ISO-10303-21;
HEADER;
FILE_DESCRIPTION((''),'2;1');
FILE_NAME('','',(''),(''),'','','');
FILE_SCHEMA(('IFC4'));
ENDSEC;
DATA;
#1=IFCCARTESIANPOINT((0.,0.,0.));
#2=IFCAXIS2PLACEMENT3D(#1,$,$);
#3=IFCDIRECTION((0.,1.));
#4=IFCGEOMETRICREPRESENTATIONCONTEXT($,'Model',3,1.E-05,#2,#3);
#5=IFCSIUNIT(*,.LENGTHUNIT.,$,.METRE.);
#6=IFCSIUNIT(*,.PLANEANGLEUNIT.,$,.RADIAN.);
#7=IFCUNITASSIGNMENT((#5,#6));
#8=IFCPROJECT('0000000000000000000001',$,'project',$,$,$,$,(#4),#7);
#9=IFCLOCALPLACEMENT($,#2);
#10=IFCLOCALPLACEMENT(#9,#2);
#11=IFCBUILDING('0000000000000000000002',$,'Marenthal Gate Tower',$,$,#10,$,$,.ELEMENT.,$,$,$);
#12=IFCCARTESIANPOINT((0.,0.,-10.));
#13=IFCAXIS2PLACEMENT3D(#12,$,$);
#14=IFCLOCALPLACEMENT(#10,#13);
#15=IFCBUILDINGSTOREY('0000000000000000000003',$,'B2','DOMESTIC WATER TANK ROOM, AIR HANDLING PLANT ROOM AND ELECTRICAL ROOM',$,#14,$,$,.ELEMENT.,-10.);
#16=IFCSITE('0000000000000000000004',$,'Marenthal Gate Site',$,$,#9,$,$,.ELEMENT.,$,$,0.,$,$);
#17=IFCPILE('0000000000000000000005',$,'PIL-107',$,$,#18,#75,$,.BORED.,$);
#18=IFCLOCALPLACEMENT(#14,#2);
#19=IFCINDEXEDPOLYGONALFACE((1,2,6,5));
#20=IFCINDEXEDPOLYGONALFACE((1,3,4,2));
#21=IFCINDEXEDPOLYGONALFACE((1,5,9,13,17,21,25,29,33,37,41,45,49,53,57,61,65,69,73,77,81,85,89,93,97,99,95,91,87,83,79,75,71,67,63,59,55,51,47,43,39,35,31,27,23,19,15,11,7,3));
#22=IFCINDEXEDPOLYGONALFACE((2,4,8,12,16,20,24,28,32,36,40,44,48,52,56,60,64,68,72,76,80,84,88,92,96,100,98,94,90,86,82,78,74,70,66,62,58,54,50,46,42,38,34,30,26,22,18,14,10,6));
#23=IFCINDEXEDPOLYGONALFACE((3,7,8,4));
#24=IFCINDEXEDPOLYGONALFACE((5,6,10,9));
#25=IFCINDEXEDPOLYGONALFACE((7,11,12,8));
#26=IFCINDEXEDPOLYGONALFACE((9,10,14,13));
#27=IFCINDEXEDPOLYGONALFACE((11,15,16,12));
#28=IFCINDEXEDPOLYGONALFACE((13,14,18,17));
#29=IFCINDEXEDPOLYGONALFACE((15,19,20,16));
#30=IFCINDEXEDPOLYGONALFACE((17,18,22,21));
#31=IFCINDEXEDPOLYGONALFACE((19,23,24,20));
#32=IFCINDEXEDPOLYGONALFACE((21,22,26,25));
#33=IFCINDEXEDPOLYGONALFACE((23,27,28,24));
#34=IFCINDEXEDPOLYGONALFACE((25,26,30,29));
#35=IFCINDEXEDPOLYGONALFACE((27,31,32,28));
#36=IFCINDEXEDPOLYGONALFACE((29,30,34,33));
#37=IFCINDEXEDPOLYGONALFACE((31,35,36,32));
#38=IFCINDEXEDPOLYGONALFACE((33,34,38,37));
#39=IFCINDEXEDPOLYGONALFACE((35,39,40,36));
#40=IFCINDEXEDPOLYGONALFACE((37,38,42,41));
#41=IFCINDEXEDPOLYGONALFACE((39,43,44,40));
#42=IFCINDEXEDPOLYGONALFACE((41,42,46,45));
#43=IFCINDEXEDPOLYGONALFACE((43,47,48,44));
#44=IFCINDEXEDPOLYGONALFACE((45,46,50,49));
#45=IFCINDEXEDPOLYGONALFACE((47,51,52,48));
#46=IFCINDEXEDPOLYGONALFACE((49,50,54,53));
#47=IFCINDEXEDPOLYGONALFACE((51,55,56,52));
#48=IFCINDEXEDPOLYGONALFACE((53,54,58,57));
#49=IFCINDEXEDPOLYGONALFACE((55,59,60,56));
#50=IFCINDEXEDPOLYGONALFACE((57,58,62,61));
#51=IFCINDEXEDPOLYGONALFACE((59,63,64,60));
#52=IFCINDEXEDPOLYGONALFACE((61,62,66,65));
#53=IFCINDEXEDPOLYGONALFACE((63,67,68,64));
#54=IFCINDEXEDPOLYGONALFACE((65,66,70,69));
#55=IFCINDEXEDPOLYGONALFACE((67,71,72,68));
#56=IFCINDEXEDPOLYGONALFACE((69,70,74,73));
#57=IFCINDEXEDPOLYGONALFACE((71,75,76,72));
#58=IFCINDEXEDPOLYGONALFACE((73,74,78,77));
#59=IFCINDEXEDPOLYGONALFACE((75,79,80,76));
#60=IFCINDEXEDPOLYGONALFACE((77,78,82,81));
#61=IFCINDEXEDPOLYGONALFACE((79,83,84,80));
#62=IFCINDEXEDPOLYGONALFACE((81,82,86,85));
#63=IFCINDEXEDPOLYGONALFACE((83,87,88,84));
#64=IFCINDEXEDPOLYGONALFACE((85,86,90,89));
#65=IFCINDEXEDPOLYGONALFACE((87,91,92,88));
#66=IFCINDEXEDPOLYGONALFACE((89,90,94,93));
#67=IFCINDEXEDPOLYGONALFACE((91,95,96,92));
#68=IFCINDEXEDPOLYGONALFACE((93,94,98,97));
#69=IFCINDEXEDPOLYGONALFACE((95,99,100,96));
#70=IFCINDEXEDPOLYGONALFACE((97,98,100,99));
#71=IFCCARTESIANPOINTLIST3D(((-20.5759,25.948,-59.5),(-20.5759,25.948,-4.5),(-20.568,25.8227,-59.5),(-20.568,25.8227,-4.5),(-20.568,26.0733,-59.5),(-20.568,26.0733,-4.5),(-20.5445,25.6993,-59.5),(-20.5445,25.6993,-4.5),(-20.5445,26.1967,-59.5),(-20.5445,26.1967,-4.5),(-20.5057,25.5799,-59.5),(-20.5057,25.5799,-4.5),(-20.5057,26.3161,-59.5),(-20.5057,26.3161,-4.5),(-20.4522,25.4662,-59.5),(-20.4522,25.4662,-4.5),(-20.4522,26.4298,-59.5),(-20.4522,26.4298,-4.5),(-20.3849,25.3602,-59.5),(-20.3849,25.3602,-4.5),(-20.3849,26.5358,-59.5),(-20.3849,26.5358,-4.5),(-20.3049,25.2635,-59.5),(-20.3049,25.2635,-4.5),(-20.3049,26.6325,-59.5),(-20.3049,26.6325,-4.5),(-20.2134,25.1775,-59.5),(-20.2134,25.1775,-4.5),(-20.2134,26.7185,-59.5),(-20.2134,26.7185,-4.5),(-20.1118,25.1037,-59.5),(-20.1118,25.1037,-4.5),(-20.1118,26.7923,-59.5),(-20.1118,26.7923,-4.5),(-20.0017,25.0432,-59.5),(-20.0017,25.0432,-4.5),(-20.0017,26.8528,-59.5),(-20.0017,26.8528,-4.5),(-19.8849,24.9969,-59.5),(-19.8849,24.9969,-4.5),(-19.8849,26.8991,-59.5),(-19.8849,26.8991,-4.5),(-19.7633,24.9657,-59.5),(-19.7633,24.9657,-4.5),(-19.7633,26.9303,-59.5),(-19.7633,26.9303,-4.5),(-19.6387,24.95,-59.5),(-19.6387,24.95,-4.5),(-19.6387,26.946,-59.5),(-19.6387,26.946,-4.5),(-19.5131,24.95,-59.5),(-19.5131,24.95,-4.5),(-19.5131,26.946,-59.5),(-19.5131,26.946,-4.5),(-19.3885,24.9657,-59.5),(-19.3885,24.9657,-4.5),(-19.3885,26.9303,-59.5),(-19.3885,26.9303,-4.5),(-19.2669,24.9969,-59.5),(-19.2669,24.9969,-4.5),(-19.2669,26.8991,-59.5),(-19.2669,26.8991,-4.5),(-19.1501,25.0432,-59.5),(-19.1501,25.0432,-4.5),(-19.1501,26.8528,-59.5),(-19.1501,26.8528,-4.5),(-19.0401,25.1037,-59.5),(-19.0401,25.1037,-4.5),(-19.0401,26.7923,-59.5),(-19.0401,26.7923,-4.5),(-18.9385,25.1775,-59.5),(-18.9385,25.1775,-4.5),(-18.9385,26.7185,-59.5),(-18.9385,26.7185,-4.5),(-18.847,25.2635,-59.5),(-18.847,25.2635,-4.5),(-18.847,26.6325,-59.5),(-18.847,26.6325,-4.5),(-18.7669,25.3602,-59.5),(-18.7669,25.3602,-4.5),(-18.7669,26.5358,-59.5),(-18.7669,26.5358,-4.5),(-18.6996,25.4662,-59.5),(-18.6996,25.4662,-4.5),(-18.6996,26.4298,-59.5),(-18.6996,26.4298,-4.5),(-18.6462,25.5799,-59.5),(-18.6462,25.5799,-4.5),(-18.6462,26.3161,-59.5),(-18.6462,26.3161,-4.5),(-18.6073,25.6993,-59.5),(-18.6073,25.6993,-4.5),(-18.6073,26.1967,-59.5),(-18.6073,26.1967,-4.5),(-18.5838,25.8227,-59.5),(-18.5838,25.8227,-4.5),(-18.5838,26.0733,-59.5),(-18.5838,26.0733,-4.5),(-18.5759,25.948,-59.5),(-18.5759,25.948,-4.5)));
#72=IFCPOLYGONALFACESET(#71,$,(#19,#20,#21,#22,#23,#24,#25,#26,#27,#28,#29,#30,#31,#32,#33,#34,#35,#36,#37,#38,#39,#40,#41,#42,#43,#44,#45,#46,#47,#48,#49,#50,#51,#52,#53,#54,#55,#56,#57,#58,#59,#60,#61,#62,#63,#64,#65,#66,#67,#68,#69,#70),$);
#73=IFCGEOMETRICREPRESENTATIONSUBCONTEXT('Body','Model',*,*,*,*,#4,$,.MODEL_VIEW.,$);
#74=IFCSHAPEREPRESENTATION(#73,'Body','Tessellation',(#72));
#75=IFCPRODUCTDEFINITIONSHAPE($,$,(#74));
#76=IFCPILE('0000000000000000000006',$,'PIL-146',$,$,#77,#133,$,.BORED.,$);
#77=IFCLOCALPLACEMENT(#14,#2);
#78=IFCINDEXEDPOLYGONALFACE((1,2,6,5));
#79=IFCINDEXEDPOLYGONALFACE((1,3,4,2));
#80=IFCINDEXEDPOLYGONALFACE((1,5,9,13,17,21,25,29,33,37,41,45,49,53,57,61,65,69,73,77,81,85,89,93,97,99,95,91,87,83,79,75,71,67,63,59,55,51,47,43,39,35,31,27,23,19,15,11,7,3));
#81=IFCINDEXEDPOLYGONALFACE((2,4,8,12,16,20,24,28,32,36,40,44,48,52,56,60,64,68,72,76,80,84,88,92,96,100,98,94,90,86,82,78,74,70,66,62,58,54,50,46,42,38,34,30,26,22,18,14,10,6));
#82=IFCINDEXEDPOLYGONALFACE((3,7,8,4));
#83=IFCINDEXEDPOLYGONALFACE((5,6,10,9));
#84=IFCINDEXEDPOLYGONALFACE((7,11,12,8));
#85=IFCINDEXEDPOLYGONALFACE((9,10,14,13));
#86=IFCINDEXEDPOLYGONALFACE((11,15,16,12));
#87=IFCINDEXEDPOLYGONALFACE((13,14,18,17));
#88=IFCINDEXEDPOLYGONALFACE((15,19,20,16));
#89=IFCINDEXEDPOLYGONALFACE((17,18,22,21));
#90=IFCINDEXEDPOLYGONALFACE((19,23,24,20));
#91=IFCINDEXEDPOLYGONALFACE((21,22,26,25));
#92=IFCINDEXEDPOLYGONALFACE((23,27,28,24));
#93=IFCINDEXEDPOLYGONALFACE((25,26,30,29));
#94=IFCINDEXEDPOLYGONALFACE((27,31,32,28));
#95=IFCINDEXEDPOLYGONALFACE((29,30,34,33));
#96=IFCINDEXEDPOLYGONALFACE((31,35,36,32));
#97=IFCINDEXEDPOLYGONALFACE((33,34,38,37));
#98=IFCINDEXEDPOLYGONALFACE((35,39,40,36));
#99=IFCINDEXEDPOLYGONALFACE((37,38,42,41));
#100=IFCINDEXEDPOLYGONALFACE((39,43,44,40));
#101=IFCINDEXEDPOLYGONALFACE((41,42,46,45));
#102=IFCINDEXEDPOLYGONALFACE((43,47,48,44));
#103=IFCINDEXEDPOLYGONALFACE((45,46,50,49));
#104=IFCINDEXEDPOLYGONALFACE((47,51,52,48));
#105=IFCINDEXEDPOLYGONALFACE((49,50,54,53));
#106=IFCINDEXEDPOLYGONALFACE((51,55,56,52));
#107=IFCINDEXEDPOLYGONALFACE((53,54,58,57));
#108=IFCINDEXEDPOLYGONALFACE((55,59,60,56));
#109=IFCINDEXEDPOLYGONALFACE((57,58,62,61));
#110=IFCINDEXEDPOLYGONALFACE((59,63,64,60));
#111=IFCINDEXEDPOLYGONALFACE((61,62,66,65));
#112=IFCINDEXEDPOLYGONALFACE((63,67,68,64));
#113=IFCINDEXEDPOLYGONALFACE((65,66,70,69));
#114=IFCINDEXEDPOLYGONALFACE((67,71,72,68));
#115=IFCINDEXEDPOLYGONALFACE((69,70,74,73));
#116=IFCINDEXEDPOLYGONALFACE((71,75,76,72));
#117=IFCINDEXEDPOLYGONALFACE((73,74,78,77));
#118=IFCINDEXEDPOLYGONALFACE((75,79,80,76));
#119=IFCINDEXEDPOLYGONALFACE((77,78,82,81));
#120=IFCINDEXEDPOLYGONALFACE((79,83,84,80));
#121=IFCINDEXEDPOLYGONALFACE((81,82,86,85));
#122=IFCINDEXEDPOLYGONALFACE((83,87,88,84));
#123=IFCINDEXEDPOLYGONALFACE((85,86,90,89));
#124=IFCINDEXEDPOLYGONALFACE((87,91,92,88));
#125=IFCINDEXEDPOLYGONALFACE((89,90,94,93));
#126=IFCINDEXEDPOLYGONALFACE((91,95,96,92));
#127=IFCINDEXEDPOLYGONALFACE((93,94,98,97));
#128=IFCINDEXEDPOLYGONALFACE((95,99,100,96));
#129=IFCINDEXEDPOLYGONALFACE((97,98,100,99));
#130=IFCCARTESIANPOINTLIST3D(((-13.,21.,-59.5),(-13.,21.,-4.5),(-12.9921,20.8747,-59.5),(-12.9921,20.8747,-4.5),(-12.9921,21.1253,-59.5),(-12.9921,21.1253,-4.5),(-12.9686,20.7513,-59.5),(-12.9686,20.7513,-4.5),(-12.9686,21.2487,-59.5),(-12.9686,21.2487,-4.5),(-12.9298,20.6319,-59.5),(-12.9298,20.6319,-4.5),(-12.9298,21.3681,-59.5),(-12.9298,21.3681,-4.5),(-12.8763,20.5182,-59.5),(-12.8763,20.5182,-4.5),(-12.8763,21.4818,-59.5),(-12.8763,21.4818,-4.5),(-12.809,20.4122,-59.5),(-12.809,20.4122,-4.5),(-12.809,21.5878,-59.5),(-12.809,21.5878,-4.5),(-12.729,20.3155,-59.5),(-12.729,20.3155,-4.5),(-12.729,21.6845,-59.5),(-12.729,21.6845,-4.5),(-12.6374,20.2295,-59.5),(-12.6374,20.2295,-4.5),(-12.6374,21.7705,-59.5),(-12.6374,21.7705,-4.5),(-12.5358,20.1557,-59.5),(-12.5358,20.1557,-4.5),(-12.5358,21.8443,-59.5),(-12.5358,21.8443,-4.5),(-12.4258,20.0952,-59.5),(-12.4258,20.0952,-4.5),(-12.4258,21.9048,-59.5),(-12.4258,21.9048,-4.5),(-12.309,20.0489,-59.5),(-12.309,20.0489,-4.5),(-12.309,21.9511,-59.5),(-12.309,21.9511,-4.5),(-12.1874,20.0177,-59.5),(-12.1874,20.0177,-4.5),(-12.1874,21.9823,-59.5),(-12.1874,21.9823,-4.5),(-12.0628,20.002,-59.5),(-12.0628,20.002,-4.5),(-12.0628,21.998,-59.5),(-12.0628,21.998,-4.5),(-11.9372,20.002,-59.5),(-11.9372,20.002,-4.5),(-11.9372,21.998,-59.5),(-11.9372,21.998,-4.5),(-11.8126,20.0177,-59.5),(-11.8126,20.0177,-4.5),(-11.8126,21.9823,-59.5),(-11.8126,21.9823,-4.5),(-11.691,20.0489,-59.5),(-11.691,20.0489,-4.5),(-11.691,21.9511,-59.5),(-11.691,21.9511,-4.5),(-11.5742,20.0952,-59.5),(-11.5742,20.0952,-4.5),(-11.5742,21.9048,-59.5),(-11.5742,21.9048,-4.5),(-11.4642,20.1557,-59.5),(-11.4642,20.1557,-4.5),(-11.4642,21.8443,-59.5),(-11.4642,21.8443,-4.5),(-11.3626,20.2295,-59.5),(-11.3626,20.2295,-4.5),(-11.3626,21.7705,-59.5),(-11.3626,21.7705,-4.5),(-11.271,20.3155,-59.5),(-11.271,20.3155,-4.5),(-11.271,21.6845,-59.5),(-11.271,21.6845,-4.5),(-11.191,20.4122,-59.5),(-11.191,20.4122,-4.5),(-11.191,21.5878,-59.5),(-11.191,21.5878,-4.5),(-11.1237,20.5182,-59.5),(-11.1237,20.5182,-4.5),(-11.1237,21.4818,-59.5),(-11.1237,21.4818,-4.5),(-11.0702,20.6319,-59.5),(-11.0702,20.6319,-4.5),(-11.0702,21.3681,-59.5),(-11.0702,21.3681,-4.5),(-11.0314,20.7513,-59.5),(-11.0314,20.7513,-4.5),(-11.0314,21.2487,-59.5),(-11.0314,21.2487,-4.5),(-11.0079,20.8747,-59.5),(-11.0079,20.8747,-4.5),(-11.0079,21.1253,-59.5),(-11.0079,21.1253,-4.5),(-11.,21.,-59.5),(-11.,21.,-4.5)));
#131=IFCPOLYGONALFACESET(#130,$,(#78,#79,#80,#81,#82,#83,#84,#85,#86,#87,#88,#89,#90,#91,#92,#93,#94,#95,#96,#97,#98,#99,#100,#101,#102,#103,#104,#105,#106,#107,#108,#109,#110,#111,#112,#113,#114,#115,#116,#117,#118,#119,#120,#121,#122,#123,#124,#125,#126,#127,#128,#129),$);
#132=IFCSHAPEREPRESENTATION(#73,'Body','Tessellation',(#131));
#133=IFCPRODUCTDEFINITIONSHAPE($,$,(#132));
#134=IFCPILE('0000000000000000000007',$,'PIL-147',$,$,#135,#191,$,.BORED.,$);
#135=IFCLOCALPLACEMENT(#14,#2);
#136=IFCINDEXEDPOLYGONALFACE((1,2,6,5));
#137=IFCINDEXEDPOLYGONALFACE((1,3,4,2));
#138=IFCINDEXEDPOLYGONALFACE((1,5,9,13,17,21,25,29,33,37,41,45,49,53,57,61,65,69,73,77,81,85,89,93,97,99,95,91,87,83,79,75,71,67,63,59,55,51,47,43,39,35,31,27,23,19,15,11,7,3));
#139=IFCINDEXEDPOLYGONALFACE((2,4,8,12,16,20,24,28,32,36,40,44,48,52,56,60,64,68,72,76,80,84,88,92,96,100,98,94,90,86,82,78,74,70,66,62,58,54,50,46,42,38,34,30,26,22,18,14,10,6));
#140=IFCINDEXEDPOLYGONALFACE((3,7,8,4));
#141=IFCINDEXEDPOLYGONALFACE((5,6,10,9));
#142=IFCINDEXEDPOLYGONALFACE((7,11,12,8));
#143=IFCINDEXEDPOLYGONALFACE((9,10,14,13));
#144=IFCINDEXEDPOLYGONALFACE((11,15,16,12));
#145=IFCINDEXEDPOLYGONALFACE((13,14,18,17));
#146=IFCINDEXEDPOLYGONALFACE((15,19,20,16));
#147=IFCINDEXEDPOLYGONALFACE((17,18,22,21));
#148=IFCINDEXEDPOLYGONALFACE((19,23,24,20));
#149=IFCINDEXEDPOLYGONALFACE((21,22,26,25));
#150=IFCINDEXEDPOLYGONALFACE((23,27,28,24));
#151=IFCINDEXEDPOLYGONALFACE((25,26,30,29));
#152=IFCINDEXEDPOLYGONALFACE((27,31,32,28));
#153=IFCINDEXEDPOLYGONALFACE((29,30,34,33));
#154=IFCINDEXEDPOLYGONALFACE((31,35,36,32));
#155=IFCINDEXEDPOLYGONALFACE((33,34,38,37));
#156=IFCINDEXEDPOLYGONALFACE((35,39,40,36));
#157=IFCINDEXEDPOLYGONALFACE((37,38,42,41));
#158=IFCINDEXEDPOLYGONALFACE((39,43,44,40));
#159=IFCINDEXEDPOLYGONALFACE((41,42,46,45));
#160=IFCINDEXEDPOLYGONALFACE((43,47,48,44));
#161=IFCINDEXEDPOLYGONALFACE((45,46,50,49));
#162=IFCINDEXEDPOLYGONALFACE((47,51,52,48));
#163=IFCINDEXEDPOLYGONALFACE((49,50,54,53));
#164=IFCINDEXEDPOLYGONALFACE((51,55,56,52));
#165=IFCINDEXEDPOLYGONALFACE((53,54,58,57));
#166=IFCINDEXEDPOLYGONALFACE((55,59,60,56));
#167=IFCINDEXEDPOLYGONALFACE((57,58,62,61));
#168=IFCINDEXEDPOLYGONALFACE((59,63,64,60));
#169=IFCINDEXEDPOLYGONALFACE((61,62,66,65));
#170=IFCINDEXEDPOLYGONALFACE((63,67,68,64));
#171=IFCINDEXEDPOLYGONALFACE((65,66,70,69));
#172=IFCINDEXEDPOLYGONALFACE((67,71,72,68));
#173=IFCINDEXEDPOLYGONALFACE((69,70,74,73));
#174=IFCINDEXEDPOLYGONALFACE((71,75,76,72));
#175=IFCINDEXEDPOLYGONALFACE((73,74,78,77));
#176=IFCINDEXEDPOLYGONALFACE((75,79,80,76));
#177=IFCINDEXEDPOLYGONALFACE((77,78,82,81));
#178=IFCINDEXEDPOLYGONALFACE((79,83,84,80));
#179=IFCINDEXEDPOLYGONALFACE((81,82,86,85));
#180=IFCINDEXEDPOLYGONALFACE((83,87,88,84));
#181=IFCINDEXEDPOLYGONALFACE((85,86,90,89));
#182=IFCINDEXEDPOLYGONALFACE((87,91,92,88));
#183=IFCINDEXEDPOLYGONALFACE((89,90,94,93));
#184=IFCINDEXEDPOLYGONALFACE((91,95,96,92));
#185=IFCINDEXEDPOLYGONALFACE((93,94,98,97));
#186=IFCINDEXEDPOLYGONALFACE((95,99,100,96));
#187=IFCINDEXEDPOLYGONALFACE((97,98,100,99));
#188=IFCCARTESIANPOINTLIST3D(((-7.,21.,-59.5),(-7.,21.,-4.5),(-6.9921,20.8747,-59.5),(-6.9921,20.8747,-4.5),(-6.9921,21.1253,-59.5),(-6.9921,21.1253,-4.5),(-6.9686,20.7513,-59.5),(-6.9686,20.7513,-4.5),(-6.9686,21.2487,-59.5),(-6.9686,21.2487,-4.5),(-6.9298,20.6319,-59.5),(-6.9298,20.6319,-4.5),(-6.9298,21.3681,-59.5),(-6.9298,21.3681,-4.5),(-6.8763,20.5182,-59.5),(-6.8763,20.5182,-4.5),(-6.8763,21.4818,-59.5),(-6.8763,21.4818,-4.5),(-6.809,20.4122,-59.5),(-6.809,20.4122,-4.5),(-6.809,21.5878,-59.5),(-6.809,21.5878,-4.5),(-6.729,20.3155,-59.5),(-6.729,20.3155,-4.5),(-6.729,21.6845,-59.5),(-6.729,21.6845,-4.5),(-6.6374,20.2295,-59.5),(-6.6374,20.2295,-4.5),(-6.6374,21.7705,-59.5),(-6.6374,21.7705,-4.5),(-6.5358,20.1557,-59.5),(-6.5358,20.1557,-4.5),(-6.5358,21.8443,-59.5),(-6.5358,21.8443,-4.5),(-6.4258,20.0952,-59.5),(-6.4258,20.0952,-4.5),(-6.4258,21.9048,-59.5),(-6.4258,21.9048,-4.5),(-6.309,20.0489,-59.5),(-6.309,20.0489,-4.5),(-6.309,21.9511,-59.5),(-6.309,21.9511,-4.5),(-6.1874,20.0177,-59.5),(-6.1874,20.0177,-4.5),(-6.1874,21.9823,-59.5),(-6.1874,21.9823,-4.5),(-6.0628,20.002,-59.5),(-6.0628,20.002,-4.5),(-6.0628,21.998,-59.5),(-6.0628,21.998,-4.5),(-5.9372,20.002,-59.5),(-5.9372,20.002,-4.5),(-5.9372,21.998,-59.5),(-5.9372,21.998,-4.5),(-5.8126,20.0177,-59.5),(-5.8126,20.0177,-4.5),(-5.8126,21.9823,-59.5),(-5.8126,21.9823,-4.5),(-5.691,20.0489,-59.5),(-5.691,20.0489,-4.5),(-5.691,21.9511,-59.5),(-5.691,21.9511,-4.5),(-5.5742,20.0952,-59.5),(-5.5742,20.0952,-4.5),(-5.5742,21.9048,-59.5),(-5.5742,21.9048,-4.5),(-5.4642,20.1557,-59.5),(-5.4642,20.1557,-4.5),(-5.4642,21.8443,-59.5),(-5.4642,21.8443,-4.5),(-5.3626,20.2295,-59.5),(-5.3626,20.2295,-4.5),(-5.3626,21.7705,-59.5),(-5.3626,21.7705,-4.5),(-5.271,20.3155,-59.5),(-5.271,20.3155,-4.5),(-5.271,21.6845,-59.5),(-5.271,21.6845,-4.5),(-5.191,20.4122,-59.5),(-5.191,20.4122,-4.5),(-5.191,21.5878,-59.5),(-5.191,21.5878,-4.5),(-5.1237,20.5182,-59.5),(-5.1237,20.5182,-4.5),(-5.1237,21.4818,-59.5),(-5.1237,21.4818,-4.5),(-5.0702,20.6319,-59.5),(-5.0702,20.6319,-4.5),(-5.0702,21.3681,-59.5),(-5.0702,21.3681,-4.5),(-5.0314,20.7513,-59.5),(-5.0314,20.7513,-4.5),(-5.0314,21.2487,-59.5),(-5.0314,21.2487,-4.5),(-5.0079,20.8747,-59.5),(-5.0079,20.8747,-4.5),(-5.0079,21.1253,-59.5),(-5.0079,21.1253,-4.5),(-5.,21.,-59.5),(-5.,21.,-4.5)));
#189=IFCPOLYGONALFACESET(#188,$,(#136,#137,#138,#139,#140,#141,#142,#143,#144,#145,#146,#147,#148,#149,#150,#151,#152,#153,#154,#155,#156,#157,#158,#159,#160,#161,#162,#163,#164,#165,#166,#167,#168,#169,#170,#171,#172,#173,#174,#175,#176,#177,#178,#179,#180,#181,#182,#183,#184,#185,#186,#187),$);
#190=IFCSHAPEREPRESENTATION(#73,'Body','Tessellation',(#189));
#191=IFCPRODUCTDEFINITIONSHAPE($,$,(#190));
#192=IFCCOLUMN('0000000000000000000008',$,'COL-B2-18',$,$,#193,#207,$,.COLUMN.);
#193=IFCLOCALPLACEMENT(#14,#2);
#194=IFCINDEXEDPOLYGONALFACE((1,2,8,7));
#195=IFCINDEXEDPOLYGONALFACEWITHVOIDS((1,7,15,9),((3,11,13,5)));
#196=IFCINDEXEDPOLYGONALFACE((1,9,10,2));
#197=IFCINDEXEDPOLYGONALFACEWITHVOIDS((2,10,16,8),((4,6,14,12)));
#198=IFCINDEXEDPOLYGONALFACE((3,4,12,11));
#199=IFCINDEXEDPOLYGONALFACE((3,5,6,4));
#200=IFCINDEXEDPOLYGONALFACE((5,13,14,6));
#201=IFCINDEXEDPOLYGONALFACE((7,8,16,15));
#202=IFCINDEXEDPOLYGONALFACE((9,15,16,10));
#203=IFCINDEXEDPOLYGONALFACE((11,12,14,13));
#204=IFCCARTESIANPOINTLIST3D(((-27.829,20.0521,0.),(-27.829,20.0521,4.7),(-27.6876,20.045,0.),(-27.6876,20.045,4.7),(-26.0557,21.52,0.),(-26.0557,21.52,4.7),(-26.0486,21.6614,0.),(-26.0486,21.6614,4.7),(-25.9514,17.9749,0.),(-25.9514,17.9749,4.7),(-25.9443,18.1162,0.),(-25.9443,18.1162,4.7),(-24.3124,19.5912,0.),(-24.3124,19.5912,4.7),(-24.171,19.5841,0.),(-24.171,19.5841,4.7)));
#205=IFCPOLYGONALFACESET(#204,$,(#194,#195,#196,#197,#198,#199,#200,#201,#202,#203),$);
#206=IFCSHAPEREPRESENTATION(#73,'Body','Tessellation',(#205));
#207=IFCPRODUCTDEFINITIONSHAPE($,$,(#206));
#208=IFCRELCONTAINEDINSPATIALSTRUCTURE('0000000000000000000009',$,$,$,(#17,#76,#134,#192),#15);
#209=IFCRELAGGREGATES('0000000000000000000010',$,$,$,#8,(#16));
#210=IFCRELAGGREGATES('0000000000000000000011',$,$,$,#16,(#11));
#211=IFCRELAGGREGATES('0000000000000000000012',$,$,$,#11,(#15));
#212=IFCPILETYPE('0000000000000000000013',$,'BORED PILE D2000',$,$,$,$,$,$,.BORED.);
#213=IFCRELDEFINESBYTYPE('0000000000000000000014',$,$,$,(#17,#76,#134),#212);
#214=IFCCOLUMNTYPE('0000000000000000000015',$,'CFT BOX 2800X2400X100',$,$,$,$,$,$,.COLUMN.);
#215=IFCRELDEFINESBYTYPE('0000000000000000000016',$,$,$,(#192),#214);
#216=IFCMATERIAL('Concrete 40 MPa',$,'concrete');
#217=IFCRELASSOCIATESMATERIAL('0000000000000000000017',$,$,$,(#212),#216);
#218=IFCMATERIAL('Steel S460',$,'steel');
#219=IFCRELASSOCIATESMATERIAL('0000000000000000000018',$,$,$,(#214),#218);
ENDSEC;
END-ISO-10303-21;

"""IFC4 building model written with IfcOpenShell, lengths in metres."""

from ifc_helpers import new_model, si_unit, direction, frame, origin, origin_2d, place, context, subcontext, project, spatial, rectangle, hollow_rectangle, circle, extrude, material, material_profile, profile_set, type_object, element, save


model = new_model("IFC4")

# Units and contexts
model_context = context("Model", 3, precision=1e-05, world=origin(), true_north=direction((0.0, 1.0)))
body_context = subcontext(model_context, "Body", "Model", "MODEL_VIEW")
ifc_project = project(units=[si_unit("LENGTHUNIT", "METRE"), si_unit("PLANEANGLEUNIT", "RADIAN")], contexts=[model_context])

# Site, building, storey
site_placement = place(None, origin())
site = spatial("IfcSite", under=ifc_project, at=site_placement, Name="Marenthal Gate Site", CompositionType="ELEMENT", RefElevation=0.0)
building_placement = place(site_placement, origin())
building = spatial("IfcBuilding", under=site, at=building_placement, Name="Marenthal Gate Tower", CompositionType="ELEMENT")
storey_placement = place(building_placement, frame((0.0, 0.0, -10.0)))
storey = spatial("IfcBuildingStorey", under=building, at=storey_placement, Name="B2", Description="DOMESTIC WATER TANK ROOM, AIR HANDLING PLANT ROOM AND ELECTRICAL ROOM", CompositionType="ELEMENT", Elevation=-10.0)

# Piles
ifc_material_1 = material(Name="Concrete 40 MPa", Category="concrete")
pile_type = type_object("IfcPileType", Name="BORED PILE D2000", PredefinedType="BORED", material=ifc_material_1)
for number, where, z_axis, x_axis, name in (
    (1, (-19.5759, 25.948, -4.5), (0.0, 0.0, -1.0), (1.0, 0.0, 0.0), "PIL-107"),
    (2, (-12.0, 21.0, -4.5), (0.0, 0.0, -1.0), (1.0, 0.0, 0.0), "PIL-146"),
    (3, (-6.0, 21.0, -4.5), (0.0, 0.0, -1.0), (1.0, 0.0, 0.0), "PIL-147"),
):
    element("IfcPile", number, at=place(storey_placement, frame(where, z_axis=z_axis, x_axis=x_axis)), inside=storey, type_object=pile_type, Name=name, PredefinedType="BORED", context=body_context, shape_type="SweptSolid", body=[
        extrude(circle(Radius=1.0, at=origin_2d()), origin(), (0.0, 0.0, 1.0), 55.0),
    ])

# Column
ifc_material_2 = material(Name="Steel S460", Category="steel")
ifc_material_profile_1 = material_profile(ifc_material_2, hollow_rectangle(XDim=2.3999, YDim=2.8, WallThickness=0.1001, at=origin_2d()), Name="CFT BOX 2800X2400X100")
ifc_material_3 = material(Name="Concrete 70 MPa", Category="concrete")
ifc_material_profile_2 = material_profile(ifc_material_3, rectangle(XDim=2.2, YDim=2.6001, at=origin_2d()), Name="CFT BOX 2800X2400X100 INFILL")
ifc_profile_set_1 = profile_set([ifc_material_profile_1, ifc_material_profile_2], Name="Steel S460 shell, Concrete 70 MPa infill")
column_type_1 = type_object("IfcColumnType", Name="CFT BOX 2800X2400X100", PredefinedType="COLUMN", material=ifc_profile_set_1)
column_1_placement = place(storey_placement, frame((-26.0, 19.8181, 0.0), z_axis=(0.0, 0.0, 1.0), x_axis=(0.741874, 0.670539, 0.0)))
element("IfcColumn", 4, at=column_1_placement, inside=storey, type_object=column_type_1, Name="COL-B2-18", PredefinedType="COLUMN", context=body_context, shape_type="SweptSolid", body=[
    extrude(hollow_rectangle(XDim=2.3999, YDim=2.8, WallThickness=0.1001, at=origin_2d()), origin(), (0.0, 0.0, 1.0), 4.7),
])

save(model, "model.ifc")
